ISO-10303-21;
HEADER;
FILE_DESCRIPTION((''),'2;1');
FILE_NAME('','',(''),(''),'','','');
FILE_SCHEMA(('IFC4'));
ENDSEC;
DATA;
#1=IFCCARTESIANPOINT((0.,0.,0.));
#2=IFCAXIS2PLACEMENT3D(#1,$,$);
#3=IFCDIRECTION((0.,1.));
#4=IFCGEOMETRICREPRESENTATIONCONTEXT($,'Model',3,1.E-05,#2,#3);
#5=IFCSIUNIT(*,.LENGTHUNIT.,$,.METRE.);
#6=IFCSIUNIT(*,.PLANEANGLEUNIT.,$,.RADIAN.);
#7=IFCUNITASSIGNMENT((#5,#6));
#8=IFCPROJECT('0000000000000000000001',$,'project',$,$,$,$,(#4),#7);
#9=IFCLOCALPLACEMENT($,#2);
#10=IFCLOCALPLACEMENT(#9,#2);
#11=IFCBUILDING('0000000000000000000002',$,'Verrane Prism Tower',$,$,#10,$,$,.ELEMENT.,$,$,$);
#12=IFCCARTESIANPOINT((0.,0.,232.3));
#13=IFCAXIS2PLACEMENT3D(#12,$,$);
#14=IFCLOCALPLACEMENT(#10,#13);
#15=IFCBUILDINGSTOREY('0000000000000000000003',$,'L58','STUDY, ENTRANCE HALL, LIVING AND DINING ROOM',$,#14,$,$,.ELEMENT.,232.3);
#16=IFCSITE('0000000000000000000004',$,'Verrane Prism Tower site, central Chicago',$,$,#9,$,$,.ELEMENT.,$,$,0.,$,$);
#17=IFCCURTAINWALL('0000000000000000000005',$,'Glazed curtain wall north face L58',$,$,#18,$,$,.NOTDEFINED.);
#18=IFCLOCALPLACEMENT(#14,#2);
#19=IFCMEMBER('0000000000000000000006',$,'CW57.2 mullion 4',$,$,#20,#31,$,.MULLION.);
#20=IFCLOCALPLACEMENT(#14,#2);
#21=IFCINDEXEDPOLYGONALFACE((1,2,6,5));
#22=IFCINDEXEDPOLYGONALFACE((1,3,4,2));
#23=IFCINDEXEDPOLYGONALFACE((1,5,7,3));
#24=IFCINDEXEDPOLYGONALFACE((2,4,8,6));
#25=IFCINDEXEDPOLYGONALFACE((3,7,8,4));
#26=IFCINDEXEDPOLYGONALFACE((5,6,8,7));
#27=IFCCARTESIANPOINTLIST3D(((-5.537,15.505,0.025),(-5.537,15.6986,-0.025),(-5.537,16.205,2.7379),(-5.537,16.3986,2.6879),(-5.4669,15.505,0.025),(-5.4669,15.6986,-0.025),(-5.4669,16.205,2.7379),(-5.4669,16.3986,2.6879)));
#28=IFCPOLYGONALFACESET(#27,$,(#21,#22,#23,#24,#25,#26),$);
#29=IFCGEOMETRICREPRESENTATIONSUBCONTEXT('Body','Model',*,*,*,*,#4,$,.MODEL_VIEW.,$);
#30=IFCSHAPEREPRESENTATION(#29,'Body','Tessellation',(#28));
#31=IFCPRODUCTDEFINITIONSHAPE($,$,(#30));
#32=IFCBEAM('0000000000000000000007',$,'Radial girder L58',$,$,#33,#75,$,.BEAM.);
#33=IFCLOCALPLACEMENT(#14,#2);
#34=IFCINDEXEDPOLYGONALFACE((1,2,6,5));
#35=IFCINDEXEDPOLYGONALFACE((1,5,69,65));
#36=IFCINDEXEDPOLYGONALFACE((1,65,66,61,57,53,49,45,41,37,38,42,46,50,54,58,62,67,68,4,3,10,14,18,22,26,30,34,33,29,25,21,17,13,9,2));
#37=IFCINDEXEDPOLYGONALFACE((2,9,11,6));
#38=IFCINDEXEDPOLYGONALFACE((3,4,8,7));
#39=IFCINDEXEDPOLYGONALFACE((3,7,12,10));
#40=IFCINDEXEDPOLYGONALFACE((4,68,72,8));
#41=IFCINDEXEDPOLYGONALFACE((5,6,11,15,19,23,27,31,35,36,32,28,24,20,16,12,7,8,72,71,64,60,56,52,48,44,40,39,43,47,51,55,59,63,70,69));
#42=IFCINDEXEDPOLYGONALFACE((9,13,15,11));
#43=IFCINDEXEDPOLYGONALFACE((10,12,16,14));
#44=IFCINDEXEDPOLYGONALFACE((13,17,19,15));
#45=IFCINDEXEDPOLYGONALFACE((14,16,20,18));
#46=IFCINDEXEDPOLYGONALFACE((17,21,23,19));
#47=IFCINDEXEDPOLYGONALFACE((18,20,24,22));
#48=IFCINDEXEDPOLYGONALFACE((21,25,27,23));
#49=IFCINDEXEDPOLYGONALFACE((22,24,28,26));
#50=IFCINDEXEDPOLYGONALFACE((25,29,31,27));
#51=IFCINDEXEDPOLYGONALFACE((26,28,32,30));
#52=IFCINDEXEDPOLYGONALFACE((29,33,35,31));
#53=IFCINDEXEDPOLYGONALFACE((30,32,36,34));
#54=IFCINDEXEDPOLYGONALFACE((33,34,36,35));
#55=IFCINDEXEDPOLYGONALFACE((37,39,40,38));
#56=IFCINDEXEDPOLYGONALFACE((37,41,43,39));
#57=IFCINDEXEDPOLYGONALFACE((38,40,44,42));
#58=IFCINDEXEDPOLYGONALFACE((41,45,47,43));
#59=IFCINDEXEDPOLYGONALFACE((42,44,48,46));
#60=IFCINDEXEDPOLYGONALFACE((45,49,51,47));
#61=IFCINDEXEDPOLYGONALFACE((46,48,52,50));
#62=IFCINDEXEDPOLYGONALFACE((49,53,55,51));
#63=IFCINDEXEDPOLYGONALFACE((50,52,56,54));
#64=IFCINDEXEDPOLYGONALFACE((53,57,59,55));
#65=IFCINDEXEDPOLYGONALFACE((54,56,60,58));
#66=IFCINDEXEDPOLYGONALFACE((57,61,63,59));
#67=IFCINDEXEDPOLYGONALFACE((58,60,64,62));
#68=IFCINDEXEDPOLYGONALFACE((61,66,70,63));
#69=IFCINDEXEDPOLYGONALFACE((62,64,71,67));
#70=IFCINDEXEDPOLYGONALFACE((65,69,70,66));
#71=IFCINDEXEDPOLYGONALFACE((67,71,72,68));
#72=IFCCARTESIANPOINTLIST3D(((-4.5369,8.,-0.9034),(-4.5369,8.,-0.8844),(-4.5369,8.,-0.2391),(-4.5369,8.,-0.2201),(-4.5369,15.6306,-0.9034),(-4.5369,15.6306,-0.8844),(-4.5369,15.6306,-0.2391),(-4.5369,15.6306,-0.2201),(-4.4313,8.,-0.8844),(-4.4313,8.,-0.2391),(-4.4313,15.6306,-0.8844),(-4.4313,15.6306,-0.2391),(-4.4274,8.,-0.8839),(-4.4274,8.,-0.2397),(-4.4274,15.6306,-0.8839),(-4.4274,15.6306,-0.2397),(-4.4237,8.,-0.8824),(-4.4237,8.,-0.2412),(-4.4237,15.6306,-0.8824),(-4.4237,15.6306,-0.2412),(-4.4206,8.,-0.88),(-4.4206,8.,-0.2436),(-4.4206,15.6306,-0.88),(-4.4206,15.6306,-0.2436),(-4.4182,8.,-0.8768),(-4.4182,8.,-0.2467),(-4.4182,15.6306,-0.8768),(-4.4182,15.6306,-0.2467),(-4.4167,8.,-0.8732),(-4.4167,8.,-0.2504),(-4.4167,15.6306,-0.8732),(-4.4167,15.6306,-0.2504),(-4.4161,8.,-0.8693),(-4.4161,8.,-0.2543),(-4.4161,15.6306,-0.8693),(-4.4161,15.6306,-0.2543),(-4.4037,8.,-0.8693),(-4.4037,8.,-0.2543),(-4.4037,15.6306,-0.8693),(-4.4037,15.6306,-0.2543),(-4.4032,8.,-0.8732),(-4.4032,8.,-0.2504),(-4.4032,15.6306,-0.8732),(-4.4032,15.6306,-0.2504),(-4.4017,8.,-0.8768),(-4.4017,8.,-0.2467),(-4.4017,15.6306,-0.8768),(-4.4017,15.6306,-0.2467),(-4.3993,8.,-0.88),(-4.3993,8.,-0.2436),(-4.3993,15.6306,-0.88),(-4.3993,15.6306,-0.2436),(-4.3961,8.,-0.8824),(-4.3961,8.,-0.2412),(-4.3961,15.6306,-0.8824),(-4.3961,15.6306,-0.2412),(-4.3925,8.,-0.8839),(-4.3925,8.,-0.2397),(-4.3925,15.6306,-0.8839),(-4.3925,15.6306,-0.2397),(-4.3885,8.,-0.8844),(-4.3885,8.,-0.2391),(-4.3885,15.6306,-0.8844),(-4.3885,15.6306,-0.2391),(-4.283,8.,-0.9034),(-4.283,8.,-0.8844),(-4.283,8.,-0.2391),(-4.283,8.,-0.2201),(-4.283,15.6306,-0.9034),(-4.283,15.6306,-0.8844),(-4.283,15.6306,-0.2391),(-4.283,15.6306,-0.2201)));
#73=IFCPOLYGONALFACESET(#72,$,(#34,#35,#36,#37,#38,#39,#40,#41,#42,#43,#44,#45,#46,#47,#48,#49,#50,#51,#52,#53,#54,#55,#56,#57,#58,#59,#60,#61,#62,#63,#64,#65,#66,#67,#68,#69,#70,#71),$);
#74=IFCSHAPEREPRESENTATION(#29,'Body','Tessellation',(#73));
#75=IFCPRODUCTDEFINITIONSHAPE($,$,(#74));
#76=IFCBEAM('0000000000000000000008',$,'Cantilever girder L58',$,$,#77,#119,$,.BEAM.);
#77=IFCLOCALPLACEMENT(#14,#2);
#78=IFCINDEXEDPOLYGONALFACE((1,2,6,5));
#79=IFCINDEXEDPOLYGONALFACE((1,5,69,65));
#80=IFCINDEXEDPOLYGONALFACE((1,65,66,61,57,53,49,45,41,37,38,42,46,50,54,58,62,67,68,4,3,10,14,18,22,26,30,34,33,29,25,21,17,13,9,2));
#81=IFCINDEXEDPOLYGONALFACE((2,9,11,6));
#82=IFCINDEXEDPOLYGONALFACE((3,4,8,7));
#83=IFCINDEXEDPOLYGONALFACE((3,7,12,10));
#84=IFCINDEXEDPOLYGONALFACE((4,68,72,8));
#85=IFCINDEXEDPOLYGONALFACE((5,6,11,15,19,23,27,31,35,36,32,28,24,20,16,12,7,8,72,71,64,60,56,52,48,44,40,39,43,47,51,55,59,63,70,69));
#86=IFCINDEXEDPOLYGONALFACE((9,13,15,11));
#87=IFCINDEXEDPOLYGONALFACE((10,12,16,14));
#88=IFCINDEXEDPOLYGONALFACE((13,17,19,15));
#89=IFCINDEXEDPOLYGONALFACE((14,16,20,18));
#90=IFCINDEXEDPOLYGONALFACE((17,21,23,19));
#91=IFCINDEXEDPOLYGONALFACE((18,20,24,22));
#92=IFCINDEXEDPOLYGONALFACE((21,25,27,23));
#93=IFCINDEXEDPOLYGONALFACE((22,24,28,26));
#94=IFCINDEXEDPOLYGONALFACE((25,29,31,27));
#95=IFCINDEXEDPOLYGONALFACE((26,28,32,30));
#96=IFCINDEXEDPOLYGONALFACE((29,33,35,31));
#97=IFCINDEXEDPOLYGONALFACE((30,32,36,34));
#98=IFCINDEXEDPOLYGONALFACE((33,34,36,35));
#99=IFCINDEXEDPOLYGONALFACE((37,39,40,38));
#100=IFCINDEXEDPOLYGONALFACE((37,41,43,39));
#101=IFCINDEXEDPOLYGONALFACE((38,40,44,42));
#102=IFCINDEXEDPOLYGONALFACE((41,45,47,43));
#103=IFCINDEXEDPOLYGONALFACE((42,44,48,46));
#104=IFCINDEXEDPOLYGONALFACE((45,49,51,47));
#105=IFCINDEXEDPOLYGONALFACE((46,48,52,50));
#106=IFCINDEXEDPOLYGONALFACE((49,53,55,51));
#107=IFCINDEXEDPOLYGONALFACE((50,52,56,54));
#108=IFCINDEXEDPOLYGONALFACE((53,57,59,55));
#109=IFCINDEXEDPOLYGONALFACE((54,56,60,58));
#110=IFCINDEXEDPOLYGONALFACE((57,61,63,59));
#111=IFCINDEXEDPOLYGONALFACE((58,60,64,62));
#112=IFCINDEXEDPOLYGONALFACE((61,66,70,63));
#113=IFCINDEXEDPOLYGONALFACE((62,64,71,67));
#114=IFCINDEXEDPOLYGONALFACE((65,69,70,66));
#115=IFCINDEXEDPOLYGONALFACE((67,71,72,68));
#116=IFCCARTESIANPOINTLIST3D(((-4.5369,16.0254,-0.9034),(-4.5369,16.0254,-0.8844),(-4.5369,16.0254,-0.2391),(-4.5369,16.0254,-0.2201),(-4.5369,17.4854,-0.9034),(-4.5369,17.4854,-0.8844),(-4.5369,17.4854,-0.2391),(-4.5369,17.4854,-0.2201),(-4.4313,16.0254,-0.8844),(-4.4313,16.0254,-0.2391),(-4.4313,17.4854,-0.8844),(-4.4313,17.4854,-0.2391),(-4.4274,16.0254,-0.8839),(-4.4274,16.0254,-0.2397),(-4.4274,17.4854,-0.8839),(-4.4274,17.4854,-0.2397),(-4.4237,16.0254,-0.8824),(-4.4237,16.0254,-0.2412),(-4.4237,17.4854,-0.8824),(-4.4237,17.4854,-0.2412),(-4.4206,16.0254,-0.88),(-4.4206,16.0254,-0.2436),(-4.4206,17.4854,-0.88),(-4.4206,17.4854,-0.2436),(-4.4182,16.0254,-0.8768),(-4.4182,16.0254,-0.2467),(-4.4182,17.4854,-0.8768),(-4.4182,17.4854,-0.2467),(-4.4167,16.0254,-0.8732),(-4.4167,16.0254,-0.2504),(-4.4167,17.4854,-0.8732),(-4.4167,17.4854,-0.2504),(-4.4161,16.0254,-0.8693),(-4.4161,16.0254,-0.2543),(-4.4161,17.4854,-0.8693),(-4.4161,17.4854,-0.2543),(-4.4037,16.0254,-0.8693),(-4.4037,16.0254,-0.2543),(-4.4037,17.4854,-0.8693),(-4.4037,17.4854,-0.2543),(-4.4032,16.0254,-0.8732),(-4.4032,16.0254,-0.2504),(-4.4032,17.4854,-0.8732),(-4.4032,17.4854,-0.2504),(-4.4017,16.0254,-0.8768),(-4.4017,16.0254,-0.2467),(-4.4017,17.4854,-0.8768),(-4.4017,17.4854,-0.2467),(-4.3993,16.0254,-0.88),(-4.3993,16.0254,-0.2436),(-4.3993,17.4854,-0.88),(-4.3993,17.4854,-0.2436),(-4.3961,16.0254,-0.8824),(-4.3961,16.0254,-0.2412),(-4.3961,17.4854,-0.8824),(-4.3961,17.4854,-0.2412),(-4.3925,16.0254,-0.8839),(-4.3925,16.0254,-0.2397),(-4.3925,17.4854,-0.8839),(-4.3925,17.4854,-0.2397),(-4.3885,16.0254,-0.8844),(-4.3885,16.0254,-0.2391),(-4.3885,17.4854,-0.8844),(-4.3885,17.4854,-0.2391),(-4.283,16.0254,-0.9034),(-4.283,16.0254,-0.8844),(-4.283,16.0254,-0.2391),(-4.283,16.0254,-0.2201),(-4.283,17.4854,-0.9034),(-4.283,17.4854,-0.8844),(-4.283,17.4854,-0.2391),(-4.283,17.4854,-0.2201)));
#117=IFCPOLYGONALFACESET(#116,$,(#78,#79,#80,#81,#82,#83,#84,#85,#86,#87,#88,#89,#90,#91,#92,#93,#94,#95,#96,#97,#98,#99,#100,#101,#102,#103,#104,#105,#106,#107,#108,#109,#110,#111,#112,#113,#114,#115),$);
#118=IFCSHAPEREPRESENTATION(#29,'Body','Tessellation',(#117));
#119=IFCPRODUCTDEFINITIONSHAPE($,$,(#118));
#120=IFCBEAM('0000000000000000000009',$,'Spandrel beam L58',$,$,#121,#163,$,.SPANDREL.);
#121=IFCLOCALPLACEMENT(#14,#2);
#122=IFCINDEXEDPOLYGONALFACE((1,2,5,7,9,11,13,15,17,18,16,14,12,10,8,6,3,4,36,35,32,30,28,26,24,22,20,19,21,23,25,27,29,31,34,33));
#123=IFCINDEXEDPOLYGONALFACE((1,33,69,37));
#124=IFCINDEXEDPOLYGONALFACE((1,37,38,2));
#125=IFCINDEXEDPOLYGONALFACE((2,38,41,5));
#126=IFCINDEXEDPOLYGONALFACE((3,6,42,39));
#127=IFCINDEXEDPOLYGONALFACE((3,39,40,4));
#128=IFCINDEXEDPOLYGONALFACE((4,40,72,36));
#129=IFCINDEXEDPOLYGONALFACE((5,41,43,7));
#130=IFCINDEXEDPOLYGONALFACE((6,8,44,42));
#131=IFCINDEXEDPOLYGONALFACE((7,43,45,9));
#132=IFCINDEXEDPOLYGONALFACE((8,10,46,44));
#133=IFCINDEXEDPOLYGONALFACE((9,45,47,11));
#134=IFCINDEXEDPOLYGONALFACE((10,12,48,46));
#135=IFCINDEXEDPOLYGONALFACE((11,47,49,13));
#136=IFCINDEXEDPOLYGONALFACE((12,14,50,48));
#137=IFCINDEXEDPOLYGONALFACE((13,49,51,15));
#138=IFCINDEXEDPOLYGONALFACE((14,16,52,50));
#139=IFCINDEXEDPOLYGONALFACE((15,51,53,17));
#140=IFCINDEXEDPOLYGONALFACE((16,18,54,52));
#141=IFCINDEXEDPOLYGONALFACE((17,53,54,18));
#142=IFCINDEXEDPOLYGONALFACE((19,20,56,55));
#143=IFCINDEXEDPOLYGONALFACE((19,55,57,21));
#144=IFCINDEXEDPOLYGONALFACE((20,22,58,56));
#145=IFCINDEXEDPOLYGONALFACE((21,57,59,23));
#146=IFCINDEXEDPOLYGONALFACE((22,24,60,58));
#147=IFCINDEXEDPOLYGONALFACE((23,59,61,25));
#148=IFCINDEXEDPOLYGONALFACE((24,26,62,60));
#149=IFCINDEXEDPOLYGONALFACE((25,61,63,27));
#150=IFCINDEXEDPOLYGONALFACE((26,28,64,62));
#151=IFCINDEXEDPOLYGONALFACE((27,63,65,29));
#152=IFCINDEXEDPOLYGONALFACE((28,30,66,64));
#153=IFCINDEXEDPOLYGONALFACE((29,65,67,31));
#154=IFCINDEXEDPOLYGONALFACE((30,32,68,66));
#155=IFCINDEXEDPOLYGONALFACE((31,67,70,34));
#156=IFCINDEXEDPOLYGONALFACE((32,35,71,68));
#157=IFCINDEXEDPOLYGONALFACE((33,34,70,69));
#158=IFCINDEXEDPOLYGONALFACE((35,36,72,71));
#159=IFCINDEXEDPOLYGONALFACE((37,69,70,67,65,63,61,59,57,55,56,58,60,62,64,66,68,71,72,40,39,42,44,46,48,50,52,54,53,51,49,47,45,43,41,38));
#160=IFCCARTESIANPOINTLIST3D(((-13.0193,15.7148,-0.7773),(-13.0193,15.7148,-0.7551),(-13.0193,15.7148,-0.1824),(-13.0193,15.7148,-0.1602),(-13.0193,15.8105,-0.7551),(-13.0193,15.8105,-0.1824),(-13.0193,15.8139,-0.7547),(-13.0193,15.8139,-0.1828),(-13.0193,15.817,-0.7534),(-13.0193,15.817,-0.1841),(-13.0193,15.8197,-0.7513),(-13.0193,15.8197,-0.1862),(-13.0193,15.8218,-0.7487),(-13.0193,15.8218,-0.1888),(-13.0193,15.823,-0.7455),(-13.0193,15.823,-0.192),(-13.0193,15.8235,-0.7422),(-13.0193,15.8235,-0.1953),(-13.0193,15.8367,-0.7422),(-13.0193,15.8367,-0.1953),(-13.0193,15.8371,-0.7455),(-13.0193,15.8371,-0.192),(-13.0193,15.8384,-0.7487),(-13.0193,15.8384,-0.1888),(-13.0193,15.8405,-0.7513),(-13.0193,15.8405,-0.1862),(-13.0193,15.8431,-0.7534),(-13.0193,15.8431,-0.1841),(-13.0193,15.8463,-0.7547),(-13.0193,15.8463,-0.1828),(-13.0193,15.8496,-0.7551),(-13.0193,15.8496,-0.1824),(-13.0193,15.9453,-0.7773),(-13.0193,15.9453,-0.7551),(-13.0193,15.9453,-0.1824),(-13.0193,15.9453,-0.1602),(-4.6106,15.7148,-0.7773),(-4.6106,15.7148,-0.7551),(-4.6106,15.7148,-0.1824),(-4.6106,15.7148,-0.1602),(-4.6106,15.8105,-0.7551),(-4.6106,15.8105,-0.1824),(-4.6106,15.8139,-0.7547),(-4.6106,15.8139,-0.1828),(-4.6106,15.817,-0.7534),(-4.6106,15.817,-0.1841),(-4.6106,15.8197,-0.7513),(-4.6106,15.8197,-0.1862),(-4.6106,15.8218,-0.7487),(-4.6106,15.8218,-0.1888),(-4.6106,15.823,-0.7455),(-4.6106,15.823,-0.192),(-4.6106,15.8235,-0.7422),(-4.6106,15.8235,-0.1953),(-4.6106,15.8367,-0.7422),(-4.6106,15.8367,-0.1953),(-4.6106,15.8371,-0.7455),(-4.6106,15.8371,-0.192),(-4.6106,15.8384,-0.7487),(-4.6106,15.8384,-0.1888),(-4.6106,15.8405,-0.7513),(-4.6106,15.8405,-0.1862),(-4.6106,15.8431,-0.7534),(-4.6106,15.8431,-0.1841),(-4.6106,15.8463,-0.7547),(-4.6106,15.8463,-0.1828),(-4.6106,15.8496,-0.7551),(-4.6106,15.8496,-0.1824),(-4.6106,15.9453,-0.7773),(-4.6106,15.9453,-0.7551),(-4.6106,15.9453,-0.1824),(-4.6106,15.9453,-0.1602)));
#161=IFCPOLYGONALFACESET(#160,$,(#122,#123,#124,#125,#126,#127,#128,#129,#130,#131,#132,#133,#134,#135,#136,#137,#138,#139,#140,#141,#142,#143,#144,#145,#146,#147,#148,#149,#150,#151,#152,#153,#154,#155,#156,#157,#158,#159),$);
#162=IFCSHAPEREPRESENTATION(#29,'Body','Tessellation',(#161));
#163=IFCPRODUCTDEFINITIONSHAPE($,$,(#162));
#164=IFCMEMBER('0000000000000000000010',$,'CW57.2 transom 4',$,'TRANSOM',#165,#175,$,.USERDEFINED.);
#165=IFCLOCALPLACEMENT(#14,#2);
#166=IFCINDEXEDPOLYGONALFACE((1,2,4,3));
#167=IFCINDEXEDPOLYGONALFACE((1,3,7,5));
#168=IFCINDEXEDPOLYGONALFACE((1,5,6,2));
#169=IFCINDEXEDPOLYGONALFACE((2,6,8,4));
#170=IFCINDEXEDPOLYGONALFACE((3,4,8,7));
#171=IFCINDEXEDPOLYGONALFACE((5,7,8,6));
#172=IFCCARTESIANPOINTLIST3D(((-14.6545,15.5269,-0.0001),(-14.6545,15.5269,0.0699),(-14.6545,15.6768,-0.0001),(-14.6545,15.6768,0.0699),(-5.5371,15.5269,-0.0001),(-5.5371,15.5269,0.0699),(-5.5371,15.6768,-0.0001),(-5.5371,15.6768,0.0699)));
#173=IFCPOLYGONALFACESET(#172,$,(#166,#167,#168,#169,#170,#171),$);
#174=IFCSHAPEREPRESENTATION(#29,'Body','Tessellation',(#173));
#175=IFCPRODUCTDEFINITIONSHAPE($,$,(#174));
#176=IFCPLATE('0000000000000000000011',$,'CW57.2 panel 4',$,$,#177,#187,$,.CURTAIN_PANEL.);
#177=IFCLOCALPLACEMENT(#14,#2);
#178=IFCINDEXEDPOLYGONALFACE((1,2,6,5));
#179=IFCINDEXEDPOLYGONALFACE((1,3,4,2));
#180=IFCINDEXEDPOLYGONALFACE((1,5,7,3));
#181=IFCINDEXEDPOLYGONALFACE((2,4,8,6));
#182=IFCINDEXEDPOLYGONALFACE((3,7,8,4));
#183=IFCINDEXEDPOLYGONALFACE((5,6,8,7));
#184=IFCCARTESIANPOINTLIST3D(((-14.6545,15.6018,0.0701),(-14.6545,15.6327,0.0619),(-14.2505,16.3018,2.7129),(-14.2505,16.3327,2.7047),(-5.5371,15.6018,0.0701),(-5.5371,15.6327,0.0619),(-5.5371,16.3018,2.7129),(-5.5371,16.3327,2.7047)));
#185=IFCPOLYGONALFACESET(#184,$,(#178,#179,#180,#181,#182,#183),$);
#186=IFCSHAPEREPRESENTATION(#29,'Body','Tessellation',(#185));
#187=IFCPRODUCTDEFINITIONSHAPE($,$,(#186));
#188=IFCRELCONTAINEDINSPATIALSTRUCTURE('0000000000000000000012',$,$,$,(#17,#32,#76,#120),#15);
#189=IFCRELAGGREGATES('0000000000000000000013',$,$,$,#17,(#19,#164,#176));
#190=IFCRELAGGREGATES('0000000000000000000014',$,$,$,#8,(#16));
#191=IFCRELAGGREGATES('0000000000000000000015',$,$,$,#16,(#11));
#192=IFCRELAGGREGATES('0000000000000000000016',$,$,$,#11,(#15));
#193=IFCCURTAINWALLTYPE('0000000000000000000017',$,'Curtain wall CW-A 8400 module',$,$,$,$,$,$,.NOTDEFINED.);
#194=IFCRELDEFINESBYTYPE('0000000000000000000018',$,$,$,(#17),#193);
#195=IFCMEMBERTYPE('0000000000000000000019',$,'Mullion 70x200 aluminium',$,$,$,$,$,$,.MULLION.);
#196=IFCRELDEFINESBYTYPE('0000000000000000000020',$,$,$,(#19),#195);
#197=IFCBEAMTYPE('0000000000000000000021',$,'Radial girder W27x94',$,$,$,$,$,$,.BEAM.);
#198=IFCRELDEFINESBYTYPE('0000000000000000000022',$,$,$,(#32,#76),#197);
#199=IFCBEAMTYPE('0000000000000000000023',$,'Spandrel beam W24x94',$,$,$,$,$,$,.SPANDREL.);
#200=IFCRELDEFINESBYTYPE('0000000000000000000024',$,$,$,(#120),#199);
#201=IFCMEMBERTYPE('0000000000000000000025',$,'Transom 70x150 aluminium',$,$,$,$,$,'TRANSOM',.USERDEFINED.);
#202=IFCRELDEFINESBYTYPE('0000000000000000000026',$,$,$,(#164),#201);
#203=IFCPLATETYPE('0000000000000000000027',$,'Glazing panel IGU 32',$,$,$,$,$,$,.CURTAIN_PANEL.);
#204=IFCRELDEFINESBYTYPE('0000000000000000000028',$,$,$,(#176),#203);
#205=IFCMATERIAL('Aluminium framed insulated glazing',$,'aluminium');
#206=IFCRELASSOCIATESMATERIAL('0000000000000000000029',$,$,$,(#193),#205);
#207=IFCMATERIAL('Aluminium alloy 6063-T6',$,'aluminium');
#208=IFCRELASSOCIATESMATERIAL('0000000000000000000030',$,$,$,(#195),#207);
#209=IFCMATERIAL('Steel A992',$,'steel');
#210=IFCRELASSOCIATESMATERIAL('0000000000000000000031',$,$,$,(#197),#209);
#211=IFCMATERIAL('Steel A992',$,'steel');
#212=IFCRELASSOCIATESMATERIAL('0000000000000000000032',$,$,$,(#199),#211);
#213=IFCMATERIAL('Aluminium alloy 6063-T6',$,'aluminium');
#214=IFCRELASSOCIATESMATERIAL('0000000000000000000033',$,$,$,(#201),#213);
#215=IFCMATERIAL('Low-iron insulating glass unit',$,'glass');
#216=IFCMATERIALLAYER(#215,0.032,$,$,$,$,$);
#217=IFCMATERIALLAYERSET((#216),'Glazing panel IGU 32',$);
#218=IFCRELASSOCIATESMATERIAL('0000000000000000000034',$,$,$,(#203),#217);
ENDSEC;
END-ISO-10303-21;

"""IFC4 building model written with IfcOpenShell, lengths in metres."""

from ifc_helpers import new_model, si_unit, direction, frame, origin, origin_2d, place, context, subcontext, project, spatial, polyline, rectangle, i_section, outline, extrude, material, layer, layer_set, material_profile, profile_set, type_object, element, aggregate, save


model = new_model("IFC4")

# Units and contexts
model_context = context("Model", 3, precision=1e-05, world=origin(), true_north=direction((0.0, 1.0)))
body_context = subcontext(model_context, "Body", "Model", "MODEL_VIEW")
ifc_project = project(units=[si_unit("LENGTHUNIT", "METRE"), si_unit("PLANEANGLEUNIT", "RADIAN")], contexts=[model_context])

# Site, building, storey
site_placement = place(None, origin())
site = spatial("IfcSite", under=ifc_project, at=site_placement, Name="Verrane Prism Tower site, central Chicago", CompositionType="ELEMENT", RefElevation=0.0)
building_placement = place(site_placement, origin())
building = spatial("IfcBuilding", under=site, at=building_placement, Name="Verrane Prism Tower", CompositionType="ELEMENT")
storey_placement = place(building_placement, frame((0.0, 0.0, 232.3)))
storey = spatial("IfcBuildingStorey", under=building, at=storey_placement, Name="L58", Description="STUDY, ENTRANCE HALL, LIVING AND DINING ROOM", CompositionType="ELEMENT", Elevation=232.3)

# Curtain wall, member
ifc_material_1 = material(Name="Aluminium framed insulated glazing", Category="aluminium")
curtain_wall_type = type_object("IfcCurtainWallType", Name="Curtain wall CW-A 8400 module", PredefinedType="NOTDEFINED", material=ifc_material_1)
curtain_wall_placement = place(storey_placement, origin())
curtain_wall = element("IfcCurtainWall", 1, at=curtain_wall_placement, inside=storey, type_object=curtain_wall_type, Name="Glazed curtain wall north face L58", PredefinedType="NOTDEFINED")
ifc_material_2 = material(Name="Aluminium alloy 6063-T6", Category="aluminium")
ifc_material_profile_1 = material_profile(ifc_material_2, rectangle(XDim=0.2, YDim=0.0701, at=origin_2d()), Name="Mullion 70x200 aluminium")
ifc_profile_set_1 = profile_set([ifc_material_profile_1], Name="Aluminium alloy 6063-T6")
member_type_1 = type_object("IfcMemberType", Name="Mullion 70x200 aluminium", PredefinedType="MULLION", material=ifc_profile_set_1)
member_1_placement = place(storey_placement, frame((-5.502, 15.6018, 0.0), z_axis=(0.0, 0.249828, 0.96829), x_axis=(0.0, 0.96829, -0.249828)))
member_1 = element("IfcMember", 2, at=member_1_placement, type_object=member_type_1, Name="CW57.2 mullion 4", PredefinedType="MULLION", context=body_context, shape_type="SweptSolid", body=[
    extrude(rectangle(XDim=0.2, YDim=0.0701, at=origin_2d()), origin(), (0.0, 0.0, 1.0), 2.8018),
])

# Beams
ifc_material_3 = material(Name="Steel A992", Category="steel")
ifc_material_profile_2 = material_profile(ifc_material_3, i_section(OverallWidth=0.2539, OverallDepth=0.6833, WebThickness=0.0125, FlangeThickness=0.019, FilletRadius=0.0151, at=origin_2d()), Name="W27x94")
ifc_profile_set_2 = profile_set([ifc_material_profile_2], Name="Steel A992")
beam_type_1 = type_object("IfcBeamType", Name="Radial girder W27x94", PredefinedType="BEAM", material=ifc_profile_set_2)
beam_1_placement = place(storey_placement, frame((-4.4099, 15.6306, -0.5618), z_axis=(0.0, -1.0, 0.0), x_axis=(1.0, 0.0, 0.0)))
element("IfcBeam", 3, at=beam_1_placement, inside=storey, type_object=beam_type_1, Name="Radial girder L58", PredefinedType="BEAM", context=body_context, shape_type="SweptSolid", body=[
    extrude(i_section(OverallWidth=0.2539, OverallDepth=0.6833, WebThickness=0.0125, FlangeThickness=0.019, FilletRadius=0.0151, at=origin_2d()), origin(), (0.0, 0.0, 1.0), 7.6306),
])
beam_2_placement = place(storey_placement, frame((-4.4099, 16.0254, -0.5618), z_axis=(0.0, 1.0, 0.0), x_axis=(-1.0, 0.0, 0.0)))
element("IfcBeam", 4, at=beam_2_placement, inside=storey, type_object=beam_type_1, Name="Cantilever girder L58", PredefinedType="BEAM", context=body_context, shape_type="SweptSolid", body=[
    extrude(i_section(OverallWidth=0.2539, OverallDepth=0.6833, WebThickness=0.0125, FlangeThickness=0.019, FilletRadius=0.0151, at=origin_2d()), origin(), (0.0, 0.0, 1.0), 1.46),
])
ifc_material_4 = material(Name="Steel A992", Category="steel")
ifc_material_profile_3 = material_profile(ifc_material_4, i_section(OverallWidth=0.2305, OverallDepth=0.6172, WebThickness=0.0132, FlangeThickness=0.0222, FilletRadius=0.0129, at=origin_2d()), Name="W24x94")
ifc_profile_set_3 = profile_set([ifc_material_profile_3], Name="Steel A992")
beam_type_2 = type_object("IfcBeamType", Name="Spandrel beam W24x94", PredefinedType="SPANDREL", material=ifc_profile_set_3)
beam_3_placement = place(storey_placement, frame((-4.6106, 15.8301, -0.4688), z_axis=(-1.0, 0.0, 0.0), x_axis=(0.0, -1.0, 0.0)))
element("IfcBeam", 5, at=beam_3_placement, inside=storey, type_object=beam_type_2, Name="Spandrel beam L58", PredefinedType="SPANDREL", context=body_context, shape_type="SweptSolid", body=[
    extrude(i_section(OverallWidth=0.2305, OverallDepth=0.6172, WebThickness=0.0132, FlangeThickness=0.0222, FilletRadius=0.0129, at=origin_2d()), origin(), (0.0, 0.0, 1.0), 8.4087),
])

# Member
ifc_material_5 = material(Name="Aluminium alloy 6063-T6", Category="aluminium")
ifc_material_profile_4 = material_profile(ifc_material_5, rectangle(XDim=0.1499, YDim=0.0701, at=origin_2d()), Name="Transom 70x150 aluminium")
ifc_profile_set_4 = profile_set([ifc_material_profile_4], Name="Aluminium alloy 6063-T6")
member_type_2 = type_object("IfcMemberType", Name="Transom 70x150 aluminium", ElementType="TRANSOM", PredefinedType="USERDEFINED", material=ifc_profile_set_4)
member_2_placement = place(storey_placement, frame((-5.5371, 15.6018, 0.0349), z_axis=(-1.0, 0.0, 0.0), x_axis=(0.0, -1.0, 0.0)))
member_2 = element("IfcMember", 6, at=member_2_placement, type_object=member_type_2, Name="CW57.2 transom 4", ObjectType="TRANSOM", PredefinedType="USERDEFINED", context=body_context, shape_type="SweptSolid", body=[
    extrude(rectangle(XDim=0.1499, YDim=0.0701, at=origin_2d()), origin(), (0.0, 0.0, 1.0), 9.1174),
])

# Plate
ifc_material_6 = material(Name="Low-iron insulating glass unit", Category="glass")
ifc_layer_1 = layer(ifc_material_6, 0.032)
ifc_layer_set_1 = layer_set([ifc_layer_1], Name="Glazing panel IGU 32")
plate_type = type_object("IfcPlateType", Name="Glazing panel IGU 32", PredefinedType="CURTAIN_PANEL", material=ifc_layer_set_1)
plate_placement = place(storey_placement, frame((-5.5371, 15.6018, 0.0701), z_axis=(0.0, -0.966671, 0.256023), x_axis=(-1.0, 0.0, 0.0)))
plate = element("IfcPlate", 7, at=plate_placement, type_object=plate_type, Name="CW57.2 panel 4", PredefinedType="CURTAIN_PANEL", context=body_context, shape_type="SweptSolid", body=[
    extrude(outline(polyline([(0.0, 0.0), (9.1174, 0.0), (8.7134, -2.7339), (0.0, -2.7339), (0.0, 0.0)])), origin(), (0.0, 0.0, -1.0), 0.032),
])
aggregate(curtain_wall, [member_1, member_2, plate])

save(model, "model.ifc")
